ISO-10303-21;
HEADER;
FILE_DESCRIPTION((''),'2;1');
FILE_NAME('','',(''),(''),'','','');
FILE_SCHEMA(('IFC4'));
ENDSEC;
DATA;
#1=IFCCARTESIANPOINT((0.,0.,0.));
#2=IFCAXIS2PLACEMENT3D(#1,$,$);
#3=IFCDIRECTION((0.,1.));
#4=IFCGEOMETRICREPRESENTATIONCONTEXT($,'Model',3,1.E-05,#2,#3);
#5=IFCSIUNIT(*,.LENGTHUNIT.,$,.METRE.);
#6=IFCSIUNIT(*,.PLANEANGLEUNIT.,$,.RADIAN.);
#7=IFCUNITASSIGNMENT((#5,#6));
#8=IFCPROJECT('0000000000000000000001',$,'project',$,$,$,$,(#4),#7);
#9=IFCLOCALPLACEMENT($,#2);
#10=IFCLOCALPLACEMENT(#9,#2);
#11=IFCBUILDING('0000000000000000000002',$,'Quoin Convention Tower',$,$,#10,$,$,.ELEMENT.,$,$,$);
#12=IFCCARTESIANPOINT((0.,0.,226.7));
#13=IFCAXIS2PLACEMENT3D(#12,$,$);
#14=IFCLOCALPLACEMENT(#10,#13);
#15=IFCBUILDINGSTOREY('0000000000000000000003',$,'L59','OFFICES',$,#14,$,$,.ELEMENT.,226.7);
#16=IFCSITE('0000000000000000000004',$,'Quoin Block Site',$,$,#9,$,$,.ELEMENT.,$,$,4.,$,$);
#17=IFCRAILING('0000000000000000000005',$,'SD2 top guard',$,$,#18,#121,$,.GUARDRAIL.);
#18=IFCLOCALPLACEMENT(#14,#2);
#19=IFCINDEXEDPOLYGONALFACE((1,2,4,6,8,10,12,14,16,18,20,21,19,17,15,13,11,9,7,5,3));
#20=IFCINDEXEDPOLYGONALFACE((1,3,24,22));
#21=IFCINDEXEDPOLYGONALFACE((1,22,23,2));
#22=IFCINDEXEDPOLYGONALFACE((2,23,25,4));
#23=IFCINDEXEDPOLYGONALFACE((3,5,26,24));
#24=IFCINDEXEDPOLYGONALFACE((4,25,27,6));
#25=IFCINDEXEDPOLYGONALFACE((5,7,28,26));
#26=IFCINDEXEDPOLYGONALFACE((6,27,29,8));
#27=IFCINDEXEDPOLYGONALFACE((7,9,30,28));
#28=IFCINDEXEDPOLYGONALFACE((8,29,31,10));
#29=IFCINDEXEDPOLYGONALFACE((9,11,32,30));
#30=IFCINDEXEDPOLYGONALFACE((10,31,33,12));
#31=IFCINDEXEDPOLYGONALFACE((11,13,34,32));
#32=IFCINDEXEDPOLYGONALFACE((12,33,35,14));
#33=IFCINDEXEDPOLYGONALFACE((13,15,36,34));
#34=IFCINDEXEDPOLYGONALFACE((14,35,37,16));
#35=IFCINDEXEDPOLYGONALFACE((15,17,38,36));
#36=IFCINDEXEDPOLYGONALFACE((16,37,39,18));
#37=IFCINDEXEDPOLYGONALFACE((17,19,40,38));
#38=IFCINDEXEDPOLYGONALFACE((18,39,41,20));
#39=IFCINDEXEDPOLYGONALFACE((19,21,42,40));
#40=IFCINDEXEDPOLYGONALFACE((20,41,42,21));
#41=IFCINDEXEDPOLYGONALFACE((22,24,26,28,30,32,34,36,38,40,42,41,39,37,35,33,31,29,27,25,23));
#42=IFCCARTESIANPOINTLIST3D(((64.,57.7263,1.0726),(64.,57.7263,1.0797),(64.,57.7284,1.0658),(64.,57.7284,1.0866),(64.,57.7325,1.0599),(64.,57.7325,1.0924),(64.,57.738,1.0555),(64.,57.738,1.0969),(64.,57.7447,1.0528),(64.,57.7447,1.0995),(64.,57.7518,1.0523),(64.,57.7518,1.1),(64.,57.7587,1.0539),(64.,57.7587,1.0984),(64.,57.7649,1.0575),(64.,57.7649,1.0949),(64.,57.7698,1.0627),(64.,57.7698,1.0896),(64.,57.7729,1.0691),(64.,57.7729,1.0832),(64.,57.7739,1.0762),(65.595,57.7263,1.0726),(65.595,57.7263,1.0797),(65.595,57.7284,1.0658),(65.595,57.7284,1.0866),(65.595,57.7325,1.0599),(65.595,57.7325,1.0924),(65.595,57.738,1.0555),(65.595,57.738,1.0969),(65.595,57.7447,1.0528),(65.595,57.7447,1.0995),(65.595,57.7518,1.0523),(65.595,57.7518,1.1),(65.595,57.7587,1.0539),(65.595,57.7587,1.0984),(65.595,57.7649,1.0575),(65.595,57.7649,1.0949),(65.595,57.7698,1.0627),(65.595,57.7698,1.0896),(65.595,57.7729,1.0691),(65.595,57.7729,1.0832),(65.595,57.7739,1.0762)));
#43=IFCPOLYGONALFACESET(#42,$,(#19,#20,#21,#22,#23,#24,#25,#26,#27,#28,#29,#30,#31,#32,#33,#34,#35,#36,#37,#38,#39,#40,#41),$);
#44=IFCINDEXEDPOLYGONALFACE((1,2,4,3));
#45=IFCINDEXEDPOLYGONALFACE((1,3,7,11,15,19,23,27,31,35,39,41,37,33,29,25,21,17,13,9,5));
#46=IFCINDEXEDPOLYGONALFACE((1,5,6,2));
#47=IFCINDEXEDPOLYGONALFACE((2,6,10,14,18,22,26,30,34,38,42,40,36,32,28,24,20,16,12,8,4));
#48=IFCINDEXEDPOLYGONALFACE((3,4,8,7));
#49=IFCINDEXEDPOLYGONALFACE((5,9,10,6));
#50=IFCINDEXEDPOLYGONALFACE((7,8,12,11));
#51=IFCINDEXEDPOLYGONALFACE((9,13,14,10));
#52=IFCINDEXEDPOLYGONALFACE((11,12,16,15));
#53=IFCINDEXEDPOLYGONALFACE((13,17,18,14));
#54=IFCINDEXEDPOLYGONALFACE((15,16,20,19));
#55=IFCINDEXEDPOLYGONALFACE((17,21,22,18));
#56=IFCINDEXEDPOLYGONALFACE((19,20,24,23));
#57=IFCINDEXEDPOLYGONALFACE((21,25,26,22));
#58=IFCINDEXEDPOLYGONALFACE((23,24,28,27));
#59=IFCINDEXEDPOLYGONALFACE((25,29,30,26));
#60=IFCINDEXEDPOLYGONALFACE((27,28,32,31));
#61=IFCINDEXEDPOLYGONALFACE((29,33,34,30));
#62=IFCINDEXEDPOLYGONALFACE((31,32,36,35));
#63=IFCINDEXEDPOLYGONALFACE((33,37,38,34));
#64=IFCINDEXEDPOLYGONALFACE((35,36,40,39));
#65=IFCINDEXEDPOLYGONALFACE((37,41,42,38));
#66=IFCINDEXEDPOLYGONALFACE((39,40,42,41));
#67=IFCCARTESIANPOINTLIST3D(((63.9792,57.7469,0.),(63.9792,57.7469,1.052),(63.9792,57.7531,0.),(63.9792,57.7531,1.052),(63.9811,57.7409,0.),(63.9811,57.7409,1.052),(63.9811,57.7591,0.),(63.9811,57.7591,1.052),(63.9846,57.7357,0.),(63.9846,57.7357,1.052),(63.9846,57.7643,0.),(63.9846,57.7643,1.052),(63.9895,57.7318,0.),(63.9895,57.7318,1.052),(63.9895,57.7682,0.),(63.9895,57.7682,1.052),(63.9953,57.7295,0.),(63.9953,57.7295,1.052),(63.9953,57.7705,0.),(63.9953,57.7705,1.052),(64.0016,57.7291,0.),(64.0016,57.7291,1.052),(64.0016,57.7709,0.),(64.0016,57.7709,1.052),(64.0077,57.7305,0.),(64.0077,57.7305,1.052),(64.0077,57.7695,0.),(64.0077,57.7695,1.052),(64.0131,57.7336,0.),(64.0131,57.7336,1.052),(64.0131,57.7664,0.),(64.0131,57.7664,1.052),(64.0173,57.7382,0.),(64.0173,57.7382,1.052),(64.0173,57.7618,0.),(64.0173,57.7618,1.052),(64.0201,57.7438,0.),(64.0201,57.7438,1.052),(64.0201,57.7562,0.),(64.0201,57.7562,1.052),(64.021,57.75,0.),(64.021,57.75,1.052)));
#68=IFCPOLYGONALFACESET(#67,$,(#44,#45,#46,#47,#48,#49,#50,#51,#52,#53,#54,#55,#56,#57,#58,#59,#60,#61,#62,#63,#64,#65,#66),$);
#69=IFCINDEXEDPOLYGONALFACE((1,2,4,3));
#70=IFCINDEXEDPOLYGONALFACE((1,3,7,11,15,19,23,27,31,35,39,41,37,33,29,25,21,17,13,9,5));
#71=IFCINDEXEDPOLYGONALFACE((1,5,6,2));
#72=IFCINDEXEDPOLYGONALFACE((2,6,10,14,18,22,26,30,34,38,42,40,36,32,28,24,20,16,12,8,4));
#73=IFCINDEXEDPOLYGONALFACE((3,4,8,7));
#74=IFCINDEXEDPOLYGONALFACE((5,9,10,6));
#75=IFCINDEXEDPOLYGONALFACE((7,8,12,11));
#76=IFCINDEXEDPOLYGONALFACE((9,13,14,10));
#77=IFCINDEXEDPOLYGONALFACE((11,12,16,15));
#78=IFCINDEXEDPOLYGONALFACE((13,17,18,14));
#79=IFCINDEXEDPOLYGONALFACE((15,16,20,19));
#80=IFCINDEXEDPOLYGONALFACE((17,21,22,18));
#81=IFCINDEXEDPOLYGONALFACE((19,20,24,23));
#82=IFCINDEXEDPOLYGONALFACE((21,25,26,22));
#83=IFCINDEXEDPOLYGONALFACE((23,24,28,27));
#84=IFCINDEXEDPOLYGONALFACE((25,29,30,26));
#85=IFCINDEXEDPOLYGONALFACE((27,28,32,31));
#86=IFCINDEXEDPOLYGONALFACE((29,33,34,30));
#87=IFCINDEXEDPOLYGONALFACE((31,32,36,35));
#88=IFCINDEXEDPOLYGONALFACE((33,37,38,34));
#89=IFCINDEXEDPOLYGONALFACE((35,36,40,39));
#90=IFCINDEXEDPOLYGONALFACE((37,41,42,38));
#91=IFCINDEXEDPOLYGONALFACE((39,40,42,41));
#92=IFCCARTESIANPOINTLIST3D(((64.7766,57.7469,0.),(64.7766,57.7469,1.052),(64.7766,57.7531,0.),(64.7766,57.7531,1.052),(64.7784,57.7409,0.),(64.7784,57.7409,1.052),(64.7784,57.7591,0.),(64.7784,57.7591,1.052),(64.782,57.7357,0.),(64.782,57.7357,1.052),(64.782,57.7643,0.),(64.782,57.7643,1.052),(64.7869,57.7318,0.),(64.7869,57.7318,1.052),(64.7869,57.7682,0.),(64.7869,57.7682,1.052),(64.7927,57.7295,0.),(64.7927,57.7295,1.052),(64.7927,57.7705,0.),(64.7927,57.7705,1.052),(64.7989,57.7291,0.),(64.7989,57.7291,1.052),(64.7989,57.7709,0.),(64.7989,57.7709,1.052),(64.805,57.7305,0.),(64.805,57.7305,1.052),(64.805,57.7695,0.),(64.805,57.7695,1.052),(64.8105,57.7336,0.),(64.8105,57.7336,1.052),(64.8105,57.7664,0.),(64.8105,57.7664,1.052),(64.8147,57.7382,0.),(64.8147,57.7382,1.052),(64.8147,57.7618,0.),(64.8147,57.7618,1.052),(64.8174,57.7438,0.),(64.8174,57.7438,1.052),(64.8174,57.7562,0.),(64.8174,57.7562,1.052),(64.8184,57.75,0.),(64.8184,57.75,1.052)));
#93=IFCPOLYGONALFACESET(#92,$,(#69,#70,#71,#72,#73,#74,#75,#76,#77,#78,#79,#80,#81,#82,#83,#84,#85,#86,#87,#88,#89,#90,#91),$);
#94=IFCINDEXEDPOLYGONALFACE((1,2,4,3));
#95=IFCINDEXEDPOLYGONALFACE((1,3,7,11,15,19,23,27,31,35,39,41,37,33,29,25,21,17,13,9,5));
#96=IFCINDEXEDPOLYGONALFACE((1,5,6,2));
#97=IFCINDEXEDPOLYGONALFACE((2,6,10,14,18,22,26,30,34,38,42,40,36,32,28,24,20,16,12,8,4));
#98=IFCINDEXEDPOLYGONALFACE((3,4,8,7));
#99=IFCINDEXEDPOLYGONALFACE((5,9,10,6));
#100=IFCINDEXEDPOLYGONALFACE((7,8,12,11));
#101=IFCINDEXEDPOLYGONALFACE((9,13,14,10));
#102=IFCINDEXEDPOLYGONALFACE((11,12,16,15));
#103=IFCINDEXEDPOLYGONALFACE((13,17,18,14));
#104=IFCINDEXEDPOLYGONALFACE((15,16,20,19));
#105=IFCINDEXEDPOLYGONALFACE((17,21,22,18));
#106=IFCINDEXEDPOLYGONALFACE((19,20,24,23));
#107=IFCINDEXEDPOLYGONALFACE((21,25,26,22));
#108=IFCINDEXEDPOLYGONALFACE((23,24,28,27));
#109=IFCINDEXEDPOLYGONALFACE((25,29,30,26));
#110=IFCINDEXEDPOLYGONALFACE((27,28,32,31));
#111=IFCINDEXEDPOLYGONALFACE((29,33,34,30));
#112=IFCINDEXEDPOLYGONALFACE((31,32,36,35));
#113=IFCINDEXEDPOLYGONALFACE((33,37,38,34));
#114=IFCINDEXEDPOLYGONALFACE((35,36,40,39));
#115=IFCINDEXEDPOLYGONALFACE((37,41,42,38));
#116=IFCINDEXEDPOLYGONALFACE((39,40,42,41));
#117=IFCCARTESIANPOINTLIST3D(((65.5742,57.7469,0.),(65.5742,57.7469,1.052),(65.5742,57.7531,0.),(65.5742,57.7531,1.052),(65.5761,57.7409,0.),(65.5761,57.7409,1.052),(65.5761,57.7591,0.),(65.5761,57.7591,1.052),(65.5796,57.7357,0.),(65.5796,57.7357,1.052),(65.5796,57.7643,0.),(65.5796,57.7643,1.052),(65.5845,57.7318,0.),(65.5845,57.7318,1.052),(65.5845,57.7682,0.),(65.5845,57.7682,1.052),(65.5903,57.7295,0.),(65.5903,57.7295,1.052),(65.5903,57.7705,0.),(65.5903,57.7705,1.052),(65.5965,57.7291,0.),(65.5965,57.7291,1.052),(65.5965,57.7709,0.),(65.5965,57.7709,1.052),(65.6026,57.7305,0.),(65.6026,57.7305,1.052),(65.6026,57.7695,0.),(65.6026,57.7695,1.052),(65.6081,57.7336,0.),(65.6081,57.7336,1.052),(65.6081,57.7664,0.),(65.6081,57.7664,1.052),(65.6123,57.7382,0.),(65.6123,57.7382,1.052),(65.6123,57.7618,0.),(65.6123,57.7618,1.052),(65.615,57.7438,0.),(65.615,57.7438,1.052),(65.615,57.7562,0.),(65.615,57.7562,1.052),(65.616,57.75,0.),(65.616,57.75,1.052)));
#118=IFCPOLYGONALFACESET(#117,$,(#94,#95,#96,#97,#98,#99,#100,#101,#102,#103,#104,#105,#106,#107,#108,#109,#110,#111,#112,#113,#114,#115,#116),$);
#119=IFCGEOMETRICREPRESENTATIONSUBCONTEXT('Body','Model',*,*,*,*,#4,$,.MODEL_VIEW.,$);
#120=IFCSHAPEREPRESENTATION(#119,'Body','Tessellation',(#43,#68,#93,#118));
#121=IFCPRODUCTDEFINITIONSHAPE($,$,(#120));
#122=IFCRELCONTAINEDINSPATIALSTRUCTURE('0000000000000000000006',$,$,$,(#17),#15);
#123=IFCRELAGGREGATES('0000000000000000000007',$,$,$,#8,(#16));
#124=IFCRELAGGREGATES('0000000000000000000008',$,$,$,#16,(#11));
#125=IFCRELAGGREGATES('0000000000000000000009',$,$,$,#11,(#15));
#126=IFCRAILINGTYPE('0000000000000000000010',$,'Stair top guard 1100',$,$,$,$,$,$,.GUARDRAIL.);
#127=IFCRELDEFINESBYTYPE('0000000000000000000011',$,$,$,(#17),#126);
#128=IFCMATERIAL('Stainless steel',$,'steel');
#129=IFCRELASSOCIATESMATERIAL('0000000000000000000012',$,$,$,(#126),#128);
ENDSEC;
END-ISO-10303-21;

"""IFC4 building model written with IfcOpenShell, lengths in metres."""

from ifc_helpers import new_model, si_unit, direction, frame, origin, origin_2d, place, context, subcontext, project, spatial, circle, extrude, material, type_object, element, save


model = new_model("IFC4")

# Units and contexts
model_context = context("Model", 3, precision=1e-05, world=origin(), true_north=direction((0.0, 1.0)))
body_context = subcontext(model_context, "Body", "Model", "MODEL_VIEW")
ifc_project = project(units=[si_unit("LENGTHUNIT", "METRE"), si_unit("PLANEANGLEUNIT", "RADIAN")], contexts=[model_context])

# Site, building, storey
site_placement = place(None, origin())
site = spatial("IfcSite", under=ifc_project, at=site_placement, Name="Quoin Block Site", CompositionType="ELEMENT", RefElevation=4.0)
building_placement = place(site_placement, origin())
building = spatial("IfcBuilding", under=site, at=building_placement, Name="Quoin Convention Tower", CompositionType="ELEMENT")
storey_placement = place(building_placement, frame((0.0, 0.0, 226.7)))
storey = spatial("IfcBuildingStorey", under=building, at=storey_placement, Name="L59", Description="OFFICES", CompositionType="ELEMENT", Elevation=226.7)

# Railing
ifc_material_1 = material(Name="Stainless steel", Category="steel")
railing_type_1 = type_object("IfcRailingType", Name="Stair top guard 1100", PredefinedType="GUARDRAIL", material=ifc_material_1)
railing_1_placement = place(storey_placement, frame((64.0, 57.75, 0.0)))
element("IfcRailing", 1, at=railing_1_placement, inside=storey, type_object=railing_type_1, Name="SD2 top guard", PredefinedType="GUARDRAIL", context=body_context, shape_type="SweptSolid", body=[
    extrude(circle(Radius=0.0239, at=origin_2d()), frame((0.0, 0.0, 1.0762), z_axis=(1.0, 0.0, 0.0), x_axis=(0.0, 1.0, 0.0)), (0.0, 0.0, 1.0), 1.595),
    extrude(circle(Radius=0.021, at=origin_2d()), origin(), (0.0, 0.0, 1.0), 1.052),
    extrude(circle(Radius=0.021, at=origin_2d()), frame((0.7974, 0.0, 0.0)), (0.0, 0.0, 1.0), 1.052),
    extrude(circle(Radius=0.021, at=origin_2d()), frame((1.595, 0.0, 0.0)), (0.0, 0.0, 1.0), 1.052),
])

save(model, "model.ifc")
